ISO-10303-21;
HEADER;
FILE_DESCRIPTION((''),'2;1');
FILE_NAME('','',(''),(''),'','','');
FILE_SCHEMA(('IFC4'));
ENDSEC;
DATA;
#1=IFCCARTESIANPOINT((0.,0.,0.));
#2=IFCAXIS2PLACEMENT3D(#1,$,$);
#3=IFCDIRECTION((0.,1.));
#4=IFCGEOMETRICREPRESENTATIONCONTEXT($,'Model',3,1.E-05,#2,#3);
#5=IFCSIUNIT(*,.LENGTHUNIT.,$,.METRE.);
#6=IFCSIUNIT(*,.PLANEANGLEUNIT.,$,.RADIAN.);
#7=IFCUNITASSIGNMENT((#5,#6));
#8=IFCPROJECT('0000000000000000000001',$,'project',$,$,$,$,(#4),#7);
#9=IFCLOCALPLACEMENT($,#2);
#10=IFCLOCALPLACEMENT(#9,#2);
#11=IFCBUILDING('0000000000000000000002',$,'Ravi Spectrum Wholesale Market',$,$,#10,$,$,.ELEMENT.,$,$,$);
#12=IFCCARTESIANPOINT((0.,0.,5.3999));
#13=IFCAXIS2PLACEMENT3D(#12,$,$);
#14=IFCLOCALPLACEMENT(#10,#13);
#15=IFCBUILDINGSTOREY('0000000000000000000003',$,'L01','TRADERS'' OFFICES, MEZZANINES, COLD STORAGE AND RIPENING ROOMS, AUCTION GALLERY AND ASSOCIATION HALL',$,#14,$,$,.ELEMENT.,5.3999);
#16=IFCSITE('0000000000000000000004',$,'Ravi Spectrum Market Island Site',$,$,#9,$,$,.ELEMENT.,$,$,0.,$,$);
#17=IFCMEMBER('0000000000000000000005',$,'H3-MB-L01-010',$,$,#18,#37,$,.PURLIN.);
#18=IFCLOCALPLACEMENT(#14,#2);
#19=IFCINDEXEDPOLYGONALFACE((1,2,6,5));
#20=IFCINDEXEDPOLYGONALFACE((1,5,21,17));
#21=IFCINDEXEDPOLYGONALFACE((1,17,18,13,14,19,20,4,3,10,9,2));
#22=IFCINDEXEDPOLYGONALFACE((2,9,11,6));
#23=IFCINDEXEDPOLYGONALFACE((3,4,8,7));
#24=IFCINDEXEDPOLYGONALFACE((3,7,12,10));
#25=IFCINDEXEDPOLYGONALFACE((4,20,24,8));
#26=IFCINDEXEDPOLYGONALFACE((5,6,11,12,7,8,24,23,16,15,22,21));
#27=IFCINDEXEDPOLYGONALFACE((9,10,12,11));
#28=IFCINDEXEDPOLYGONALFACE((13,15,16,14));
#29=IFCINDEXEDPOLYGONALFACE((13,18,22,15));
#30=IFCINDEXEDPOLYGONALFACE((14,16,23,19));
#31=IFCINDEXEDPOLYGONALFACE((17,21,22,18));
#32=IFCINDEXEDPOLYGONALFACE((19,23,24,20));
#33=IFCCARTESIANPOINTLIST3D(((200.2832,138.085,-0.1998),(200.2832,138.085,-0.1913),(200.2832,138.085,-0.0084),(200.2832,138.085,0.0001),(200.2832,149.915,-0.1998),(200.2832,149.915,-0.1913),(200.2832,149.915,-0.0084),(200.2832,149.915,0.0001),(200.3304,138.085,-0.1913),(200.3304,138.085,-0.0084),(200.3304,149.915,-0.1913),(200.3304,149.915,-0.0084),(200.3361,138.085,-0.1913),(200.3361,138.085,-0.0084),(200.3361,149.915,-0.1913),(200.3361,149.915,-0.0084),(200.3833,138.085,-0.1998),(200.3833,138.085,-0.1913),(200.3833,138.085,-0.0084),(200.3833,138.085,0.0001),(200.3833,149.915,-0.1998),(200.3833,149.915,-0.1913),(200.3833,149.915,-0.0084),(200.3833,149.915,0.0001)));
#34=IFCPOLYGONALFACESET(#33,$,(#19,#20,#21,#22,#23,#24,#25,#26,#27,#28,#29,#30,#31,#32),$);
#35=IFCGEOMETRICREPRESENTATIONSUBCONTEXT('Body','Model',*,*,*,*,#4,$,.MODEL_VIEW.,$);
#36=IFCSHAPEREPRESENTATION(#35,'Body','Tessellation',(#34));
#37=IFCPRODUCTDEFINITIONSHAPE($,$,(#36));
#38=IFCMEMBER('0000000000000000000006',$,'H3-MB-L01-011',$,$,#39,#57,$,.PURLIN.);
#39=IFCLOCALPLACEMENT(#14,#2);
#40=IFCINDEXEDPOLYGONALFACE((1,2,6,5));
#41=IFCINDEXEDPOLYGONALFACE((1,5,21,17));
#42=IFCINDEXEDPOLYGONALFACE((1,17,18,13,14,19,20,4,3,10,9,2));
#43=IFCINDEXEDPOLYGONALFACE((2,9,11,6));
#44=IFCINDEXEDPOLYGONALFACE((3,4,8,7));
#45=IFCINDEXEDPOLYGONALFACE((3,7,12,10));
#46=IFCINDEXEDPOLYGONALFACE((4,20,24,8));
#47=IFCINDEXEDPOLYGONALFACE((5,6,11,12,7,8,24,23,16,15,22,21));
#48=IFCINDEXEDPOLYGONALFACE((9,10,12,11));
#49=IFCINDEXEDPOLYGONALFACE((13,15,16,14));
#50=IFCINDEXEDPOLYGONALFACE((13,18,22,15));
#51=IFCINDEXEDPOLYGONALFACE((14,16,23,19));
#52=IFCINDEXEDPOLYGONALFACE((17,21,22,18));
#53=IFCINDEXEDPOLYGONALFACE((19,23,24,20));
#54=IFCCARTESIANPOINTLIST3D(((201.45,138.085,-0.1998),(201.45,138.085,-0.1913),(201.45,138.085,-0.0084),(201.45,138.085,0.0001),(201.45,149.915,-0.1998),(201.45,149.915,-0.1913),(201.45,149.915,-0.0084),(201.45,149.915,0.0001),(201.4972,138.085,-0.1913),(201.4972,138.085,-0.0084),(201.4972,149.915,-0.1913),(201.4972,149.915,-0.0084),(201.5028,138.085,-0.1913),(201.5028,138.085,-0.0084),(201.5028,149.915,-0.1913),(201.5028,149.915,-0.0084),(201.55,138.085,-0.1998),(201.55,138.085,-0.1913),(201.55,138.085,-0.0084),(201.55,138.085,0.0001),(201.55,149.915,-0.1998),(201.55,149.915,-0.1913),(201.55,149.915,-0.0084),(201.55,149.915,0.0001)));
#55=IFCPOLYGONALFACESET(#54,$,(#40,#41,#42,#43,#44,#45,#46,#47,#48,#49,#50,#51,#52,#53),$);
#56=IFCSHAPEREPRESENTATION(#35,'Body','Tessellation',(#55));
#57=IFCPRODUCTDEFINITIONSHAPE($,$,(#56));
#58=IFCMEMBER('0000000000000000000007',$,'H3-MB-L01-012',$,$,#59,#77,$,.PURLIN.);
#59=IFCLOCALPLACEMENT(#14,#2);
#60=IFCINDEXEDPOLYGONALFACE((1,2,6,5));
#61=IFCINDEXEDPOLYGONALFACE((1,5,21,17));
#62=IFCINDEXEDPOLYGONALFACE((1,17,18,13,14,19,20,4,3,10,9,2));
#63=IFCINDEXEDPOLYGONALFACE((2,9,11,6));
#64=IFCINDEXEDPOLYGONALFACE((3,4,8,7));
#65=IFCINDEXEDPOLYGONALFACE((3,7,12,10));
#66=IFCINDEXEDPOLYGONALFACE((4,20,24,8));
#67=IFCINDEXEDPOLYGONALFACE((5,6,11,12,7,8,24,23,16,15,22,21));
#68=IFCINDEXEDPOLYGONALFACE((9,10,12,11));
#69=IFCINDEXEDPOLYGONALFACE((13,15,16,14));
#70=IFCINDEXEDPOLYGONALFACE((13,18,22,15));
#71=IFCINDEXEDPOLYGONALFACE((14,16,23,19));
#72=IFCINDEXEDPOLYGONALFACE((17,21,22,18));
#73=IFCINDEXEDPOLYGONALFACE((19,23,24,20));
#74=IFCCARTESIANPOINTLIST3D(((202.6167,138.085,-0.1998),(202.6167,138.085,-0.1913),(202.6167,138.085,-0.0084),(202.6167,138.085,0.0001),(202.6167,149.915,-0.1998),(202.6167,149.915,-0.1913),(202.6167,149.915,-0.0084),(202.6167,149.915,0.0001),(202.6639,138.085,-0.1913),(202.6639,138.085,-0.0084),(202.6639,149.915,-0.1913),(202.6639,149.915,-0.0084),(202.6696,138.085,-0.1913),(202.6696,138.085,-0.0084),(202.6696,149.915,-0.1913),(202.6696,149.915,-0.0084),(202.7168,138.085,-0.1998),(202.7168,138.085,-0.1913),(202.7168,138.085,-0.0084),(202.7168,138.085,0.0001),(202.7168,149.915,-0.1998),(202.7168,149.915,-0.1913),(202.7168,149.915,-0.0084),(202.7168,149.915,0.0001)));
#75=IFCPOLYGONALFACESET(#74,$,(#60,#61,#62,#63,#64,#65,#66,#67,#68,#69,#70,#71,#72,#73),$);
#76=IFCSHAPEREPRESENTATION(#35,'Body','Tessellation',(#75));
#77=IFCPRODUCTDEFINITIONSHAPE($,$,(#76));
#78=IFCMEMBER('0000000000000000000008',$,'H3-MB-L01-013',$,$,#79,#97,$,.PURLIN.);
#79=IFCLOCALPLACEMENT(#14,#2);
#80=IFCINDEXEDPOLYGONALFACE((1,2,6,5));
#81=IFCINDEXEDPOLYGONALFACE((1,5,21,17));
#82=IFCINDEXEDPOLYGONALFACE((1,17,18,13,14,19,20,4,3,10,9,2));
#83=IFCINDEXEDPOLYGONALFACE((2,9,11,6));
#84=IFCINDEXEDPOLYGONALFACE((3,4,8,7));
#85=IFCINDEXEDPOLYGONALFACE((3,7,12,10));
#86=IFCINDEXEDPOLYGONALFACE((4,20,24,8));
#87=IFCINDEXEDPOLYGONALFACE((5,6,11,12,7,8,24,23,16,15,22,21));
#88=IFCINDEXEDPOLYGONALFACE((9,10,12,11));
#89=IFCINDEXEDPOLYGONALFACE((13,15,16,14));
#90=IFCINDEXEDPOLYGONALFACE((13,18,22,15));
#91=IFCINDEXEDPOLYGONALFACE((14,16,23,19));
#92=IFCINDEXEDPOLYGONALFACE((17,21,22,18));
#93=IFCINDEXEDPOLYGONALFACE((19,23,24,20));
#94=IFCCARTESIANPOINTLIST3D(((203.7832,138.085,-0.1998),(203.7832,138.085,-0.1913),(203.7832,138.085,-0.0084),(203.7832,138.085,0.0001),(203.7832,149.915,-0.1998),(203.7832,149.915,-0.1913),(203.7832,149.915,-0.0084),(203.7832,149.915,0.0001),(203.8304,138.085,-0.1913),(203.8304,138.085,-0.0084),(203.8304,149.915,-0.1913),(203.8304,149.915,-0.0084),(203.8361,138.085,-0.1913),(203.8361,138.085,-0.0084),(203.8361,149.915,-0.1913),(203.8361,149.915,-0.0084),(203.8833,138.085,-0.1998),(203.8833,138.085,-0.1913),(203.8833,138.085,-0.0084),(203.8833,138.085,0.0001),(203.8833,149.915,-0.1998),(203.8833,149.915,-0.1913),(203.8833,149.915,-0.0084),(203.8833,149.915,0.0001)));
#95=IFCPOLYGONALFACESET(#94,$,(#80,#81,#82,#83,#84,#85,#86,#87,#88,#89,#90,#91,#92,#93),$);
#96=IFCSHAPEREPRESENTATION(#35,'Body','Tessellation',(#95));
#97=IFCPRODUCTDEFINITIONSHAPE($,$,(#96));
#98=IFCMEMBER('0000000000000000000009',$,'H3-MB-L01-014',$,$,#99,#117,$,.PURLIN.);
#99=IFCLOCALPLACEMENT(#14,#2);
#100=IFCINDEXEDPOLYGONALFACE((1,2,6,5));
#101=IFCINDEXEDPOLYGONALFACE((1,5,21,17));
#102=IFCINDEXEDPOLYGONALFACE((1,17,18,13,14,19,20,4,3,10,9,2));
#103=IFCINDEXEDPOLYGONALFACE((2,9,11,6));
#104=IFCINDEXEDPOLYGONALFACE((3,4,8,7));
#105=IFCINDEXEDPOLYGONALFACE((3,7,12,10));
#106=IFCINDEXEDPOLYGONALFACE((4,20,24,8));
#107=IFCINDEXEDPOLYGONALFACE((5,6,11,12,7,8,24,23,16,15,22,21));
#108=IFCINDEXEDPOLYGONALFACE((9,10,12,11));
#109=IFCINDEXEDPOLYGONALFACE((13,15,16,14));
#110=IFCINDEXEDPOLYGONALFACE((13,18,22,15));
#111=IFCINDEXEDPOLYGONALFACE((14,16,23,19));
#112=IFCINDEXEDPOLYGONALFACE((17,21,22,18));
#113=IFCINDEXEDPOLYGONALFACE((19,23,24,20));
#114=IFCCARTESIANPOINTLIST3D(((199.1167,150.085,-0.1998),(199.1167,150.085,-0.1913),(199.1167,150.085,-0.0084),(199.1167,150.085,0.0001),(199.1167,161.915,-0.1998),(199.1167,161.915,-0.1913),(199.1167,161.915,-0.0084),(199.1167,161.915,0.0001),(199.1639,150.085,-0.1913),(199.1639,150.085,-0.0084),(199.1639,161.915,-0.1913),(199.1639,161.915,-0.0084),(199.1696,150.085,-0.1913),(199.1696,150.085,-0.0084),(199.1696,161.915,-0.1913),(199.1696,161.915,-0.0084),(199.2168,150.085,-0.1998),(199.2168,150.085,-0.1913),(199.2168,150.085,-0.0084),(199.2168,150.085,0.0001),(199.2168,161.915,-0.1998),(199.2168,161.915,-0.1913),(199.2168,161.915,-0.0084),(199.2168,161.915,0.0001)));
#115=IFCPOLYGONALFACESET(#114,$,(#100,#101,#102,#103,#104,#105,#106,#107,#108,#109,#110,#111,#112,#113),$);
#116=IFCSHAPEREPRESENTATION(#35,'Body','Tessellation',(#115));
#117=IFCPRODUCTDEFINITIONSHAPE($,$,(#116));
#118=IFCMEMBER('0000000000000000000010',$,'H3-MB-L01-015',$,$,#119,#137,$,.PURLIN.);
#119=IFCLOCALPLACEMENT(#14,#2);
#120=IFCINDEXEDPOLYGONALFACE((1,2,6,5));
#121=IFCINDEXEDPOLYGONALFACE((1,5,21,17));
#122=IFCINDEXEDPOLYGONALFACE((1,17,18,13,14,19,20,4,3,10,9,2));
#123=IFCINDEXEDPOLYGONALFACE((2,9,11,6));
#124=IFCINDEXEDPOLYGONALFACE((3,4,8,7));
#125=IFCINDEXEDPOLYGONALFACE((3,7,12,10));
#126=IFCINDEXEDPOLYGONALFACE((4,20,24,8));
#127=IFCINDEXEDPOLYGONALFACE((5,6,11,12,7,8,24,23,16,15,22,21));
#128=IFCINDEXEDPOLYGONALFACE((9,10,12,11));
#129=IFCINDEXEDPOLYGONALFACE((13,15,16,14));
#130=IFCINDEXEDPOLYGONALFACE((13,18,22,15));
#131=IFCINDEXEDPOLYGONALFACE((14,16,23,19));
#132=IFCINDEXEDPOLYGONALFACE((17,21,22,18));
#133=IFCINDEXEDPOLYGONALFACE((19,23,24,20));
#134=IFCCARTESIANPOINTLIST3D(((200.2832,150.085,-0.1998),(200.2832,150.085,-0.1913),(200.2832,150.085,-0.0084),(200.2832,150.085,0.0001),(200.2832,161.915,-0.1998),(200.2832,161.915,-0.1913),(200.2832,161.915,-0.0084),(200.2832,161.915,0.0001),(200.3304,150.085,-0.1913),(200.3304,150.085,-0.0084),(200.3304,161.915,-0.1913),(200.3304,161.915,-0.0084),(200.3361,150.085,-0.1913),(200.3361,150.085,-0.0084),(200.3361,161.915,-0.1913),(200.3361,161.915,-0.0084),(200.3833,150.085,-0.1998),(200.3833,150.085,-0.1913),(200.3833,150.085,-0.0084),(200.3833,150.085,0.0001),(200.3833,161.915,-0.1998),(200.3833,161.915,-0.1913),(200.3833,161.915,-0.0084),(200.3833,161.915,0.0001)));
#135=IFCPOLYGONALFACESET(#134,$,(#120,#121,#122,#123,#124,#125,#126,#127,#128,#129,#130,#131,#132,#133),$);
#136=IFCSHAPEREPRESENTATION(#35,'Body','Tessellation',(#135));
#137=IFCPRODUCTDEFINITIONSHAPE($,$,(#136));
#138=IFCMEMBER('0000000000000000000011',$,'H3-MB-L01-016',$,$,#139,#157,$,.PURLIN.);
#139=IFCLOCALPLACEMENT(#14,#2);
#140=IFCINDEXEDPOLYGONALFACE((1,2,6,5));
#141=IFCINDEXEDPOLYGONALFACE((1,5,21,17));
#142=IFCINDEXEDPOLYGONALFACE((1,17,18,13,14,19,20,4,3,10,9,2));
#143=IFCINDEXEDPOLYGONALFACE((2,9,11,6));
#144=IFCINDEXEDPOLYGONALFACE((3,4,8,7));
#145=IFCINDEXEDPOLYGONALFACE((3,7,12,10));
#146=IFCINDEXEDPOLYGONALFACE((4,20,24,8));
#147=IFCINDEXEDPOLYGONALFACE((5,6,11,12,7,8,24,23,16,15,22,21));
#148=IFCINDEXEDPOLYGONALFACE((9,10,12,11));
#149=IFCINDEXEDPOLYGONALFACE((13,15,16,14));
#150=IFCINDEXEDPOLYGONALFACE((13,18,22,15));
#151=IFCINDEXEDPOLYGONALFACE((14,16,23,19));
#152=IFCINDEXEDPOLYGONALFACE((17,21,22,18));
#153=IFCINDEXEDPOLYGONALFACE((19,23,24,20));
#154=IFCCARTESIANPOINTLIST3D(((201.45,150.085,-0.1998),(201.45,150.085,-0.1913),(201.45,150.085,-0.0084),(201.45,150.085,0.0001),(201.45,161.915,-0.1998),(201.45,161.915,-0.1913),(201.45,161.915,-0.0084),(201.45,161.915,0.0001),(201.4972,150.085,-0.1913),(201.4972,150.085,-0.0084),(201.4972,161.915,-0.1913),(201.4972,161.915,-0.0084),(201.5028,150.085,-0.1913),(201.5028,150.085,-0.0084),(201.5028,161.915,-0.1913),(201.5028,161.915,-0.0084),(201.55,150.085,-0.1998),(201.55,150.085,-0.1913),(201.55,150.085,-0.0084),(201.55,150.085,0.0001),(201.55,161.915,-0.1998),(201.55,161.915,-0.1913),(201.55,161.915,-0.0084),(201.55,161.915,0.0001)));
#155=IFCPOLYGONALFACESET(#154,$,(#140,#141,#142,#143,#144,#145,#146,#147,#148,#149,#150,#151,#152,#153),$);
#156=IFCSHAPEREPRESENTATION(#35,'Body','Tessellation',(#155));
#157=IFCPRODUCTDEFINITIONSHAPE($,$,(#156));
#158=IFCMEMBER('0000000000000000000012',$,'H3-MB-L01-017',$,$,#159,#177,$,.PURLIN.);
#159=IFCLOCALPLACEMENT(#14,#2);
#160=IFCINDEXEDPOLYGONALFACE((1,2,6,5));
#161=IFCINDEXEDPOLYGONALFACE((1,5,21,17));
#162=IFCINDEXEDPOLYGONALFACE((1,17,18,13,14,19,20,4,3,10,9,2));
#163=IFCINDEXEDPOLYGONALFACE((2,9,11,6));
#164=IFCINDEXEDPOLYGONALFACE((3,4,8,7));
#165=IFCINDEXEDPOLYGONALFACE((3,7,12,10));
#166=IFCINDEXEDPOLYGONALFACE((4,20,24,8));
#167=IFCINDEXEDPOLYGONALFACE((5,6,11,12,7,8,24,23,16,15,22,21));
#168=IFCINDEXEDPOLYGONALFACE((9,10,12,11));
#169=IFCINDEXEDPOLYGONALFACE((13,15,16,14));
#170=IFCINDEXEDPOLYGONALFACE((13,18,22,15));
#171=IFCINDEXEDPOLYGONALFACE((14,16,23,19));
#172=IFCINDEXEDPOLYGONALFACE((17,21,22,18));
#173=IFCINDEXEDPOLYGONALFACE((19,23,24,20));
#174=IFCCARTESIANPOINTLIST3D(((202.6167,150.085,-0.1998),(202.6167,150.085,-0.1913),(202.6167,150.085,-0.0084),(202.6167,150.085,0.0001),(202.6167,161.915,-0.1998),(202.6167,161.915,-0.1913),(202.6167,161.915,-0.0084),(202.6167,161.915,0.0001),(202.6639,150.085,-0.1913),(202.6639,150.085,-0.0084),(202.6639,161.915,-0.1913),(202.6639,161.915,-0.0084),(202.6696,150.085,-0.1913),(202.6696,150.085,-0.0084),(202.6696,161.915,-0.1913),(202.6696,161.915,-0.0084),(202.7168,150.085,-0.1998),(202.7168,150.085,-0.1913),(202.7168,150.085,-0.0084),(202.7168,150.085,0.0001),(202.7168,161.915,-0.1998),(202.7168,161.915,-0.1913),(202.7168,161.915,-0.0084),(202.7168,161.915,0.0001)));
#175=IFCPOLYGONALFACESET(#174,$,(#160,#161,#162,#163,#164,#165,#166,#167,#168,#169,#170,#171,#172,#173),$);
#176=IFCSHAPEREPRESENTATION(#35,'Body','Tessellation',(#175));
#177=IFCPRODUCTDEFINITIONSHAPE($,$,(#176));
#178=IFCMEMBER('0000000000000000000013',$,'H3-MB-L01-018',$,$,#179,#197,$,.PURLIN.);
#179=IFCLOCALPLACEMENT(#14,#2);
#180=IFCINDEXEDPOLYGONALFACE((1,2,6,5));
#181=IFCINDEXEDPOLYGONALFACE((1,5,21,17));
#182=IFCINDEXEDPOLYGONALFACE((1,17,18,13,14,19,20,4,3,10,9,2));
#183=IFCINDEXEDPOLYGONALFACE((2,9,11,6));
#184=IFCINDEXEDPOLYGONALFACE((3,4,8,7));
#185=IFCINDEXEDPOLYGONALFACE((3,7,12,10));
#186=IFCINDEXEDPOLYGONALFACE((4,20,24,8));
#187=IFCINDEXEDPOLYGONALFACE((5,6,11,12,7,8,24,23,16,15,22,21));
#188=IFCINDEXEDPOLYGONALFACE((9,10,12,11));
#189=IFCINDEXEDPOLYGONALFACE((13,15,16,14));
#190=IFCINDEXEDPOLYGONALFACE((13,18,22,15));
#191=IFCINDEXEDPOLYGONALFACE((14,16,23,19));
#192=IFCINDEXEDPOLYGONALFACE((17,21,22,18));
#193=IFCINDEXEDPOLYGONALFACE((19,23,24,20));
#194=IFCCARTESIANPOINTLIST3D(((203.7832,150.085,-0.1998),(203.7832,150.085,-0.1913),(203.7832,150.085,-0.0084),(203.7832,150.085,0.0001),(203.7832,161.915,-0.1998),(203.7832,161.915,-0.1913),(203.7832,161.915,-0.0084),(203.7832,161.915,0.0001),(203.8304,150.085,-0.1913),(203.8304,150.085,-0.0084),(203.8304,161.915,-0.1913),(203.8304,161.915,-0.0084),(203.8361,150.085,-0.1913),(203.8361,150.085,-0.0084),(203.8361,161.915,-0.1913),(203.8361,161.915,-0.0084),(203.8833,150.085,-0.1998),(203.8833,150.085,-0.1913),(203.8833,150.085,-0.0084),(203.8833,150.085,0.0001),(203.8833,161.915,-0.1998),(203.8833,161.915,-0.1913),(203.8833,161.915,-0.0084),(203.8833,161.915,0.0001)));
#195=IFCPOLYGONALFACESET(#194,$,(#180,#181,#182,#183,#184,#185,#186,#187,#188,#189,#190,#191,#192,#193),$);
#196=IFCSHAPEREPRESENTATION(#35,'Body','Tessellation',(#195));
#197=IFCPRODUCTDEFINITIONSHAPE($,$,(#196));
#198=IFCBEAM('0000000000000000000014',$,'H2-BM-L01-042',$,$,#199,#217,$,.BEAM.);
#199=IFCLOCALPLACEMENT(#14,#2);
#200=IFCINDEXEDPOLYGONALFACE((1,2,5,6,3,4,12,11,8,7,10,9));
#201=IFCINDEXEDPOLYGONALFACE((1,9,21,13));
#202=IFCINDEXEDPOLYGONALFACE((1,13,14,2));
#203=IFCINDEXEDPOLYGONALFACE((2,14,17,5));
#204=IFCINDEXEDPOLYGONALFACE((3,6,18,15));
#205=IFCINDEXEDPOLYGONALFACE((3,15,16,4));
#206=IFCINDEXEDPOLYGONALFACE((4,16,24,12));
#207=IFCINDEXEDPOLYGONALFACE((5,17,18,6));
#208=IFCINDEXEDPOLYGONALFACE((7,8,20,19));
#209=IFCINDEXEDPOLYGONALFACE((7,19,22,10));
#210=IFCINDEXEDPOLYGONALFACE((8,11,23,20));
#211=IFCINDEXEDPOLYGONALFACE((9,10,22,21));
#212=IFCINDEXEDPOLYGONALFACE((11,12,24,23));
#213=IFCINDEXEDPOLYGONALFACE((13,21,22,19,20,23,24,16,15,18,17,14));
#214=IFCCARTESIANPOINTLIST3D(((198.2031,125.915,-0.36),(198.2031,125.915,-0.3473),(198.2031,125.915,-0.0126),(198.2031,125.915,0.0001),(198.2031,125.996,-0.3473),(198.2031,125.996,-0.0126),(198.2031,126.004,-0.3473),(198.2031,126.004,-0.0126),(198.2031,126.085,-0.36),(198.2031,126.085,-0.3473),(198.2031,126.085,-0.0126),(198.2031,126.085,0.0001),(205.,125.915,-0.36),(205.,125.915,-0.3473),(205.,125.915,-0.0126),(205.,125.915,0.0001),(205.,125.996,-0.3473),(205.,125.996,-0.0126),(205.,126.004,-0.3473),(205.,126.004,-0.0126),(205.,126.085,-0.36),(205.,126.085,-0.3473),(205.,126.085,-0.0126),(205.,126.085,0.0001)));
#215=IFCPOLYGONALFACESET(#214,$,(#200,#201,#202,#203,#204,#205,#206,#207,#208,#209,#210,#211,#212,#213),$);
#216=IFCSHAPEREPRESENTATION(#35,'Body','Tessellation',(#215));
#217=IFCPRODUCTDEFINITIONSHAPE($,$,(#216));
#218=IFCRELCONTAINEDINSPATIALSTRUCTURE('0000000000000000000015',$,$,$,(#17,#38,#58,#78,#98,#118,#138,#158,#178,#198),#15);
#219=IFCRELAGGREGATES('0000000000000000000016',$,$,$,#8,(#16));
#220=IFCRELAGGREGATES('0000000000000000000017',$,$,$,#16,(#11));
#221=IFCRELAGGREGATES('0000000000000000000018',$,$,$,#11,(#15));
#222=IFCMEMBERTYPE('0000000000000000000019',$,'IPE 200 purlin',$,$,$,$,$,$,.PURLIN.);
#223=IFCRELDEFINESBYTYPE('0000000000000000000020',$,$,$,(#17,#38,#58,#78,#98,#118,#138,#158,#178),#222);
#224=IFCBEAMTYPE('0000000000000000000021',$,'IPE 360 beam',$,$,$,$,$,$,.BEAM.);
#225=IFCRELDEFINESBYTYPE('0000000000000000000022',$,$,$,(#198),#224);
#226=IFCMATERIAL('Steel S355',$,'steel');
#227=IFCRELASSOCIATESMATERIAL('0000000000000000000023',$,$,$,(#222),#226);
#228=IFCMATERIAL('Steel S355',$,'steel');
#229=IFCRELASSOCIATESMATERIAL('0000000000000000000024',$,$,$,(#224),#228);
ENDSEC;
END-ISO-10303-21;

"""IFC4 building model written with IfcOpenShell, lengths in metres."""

from ifc_helpers import new_model, si_unit, direction, frame, origin, origin_2d, place, context, subcontext, project, spatial, i_section, extrude, material, material_profile, profile_set, type_object, element, save


model = new_model("IFC4")

# Units and contexts
model_context = context("Model", 3, precision=1e-05, world=origin(), true_north=direction((0.0, 1.0)))
body_context = subcontext(model_context, "Body", "Model", "MODEL_VIEW")
ifc_project = project(units=[si_unit("LENGTHUNIT", "METRE"), si_unit("PLANEANGLEUNIT", "RADIAN")], contexts=[model_context])

# Site, building, storey
site_placement = place(None, origin())
site = spatial("IfcSite", under=ifc_project, at=site_placement, Name="Ravi Spectrum Market Island Site", CompositionType="ELEMENT", RefElevation=0.0)
building_placement = place(site_placement, origin())
building = spatial("IfcBuilding", under=site, at=building_placement, Name="Ravi Spectrum Wholesale Market", CompositionType="ELEMENT")
storey_placement = place(building_placement, frame((0.0, 0.0, 5.3999)))
storey = spatial("IfcBuildingStorey", under=building, at=storey_placement, Name="L01", Description="TRADERS' OFFICES, MEZZANINES, COLD STORAGE AND RIPENING ROOMS, AUCTION GALLERY AND ASSOCIATION HALL", CompositionType="ELEMENT", Elevation=5.3999)

# Members
ifc_material_1 = material(Name="Steel S355", Category="steel")
ifc_material_profile_1 = material_profile(ifc_material_1, i_section(OverallWidth=0.1001, OverallDepth=0.2, WebThickness=0.0056, FlangeThickness=0.0085, at=origin_2d()))
ifc_profile_set_1 = profile_set([ifc_material_profile_1], Name="Steel S355")
member_type_1 = type_object("IfcMemberType", Name="IPE 200 purlin", PredefinedType="PURLIN", material=ifc_profile_set_1)
for number, where, z_axis, x_axis, name in (
    (1, (200.3333, 138.085, -0.0999), (0.0, 1.0, 0.0), (-1.0, 0.0, 0.0), "H3-MB-L01-010"),
    (2, (201.5, 138.085, -0.0999), (0.0, 1.0, 0.0), (-1.0, 0.0, 0.0), "H3-MB-L01-011"),
    (3, (202.6667, 138.085, -0.0999), (0.0, 1.0, 0.0), (-1.0, 0.0, 0.0), "H3-MB-L01-012"),
    (4, (203.8333, 138.085, -0.0999), (0.0, 1.0, 0.0), (-1.0, 0.0, 0.0), "H3-MB-L01-013"),
    (5, (199.1667, 150.085, -0.0999), (0.0, 1.0, 0.0), (-1.0, 0.0, 0.0), "H3-MB-L01-014"),
    (6, (200.3333, 150.085, -0.0999), (0.0, 1.0, 0.0), (-1.0, 0.0, 0.0), "H3-MB-L01-015"),
    (7, (201.5, 150.085, -0.0999), (0.0, 1.0, 0.0), (-1.0, 0.0, 0.0), "H3-MB-L01-016"),
    (8, (202.6667, 150.085, -0.0999), (0.0, 1.0, 0.0), (-1.0, 0.0, 0.0), "H3-MB-L01-017"),
    (9, (203.8333, 150.085, -0.0999), (0.0, 1.0, 0.0), (-1.0, 0.0, 0.0), "H3-MB-L01-018"),
):
    element("IfcMember", number, at=place(storey_placement, frame(where, z_axis=z_axis, x_axis=x_axis)), inside=storey, type_object=member_type_1, Name=name, PredefinedType="PURLIN", context=body_context, shape_type="SweptSolid", body=[
        extrude(i_section(OverallWidth=0.1001, OverallDepth=0.2, WebThickness=0.0056, FlangeThickness=0.0085, at=origin_2d()), origin(), (0.0, 0.0, 1.0), 11.8301),
    ])

# Beam
ifc_material_2 = material(Name="Steel S355", Category="steel")
ifc_material_profile_2 = material_profile(ifc_material_2, i_section(OverallWidth=0.1699, OverallDepth=0.3601, WebThickness=0.0081, FlangeThickness=0.0127, at=origin_2d()))
ifc_profile_set_2 = profile_set([ifc_material_profile_2], Name="Steel S355")
beam_type = type_object("IfcBeamType", Name="IPE 360 beam", PredefinedType="BEAM", material=ifc_profile_set_2)
beam_placement = place(storey_placement, frame((198.2031, 126.0, -0.1799), z_axis=(1.0, 0.0, 0.0), x_axis=(0.0, 1.0, 0.0)))
element("IfcBeam", 10, at=beam_placement, inside=storey, type_object=beam_type, Name="H2-BM-L01-042", PredefinedType="BEAM", context=body_context, shape_type="SweptSolid", body=[
    extrude(i_section(OverallWidth=0.1699, OverallDepth=0.3601, WebThickness=0.0081, FlangeThickness=0.0127, at=origin_2d()), origin(), (0.0, 0.0, 1.0), 6.7969),
])

save(model, "model.ifc")
